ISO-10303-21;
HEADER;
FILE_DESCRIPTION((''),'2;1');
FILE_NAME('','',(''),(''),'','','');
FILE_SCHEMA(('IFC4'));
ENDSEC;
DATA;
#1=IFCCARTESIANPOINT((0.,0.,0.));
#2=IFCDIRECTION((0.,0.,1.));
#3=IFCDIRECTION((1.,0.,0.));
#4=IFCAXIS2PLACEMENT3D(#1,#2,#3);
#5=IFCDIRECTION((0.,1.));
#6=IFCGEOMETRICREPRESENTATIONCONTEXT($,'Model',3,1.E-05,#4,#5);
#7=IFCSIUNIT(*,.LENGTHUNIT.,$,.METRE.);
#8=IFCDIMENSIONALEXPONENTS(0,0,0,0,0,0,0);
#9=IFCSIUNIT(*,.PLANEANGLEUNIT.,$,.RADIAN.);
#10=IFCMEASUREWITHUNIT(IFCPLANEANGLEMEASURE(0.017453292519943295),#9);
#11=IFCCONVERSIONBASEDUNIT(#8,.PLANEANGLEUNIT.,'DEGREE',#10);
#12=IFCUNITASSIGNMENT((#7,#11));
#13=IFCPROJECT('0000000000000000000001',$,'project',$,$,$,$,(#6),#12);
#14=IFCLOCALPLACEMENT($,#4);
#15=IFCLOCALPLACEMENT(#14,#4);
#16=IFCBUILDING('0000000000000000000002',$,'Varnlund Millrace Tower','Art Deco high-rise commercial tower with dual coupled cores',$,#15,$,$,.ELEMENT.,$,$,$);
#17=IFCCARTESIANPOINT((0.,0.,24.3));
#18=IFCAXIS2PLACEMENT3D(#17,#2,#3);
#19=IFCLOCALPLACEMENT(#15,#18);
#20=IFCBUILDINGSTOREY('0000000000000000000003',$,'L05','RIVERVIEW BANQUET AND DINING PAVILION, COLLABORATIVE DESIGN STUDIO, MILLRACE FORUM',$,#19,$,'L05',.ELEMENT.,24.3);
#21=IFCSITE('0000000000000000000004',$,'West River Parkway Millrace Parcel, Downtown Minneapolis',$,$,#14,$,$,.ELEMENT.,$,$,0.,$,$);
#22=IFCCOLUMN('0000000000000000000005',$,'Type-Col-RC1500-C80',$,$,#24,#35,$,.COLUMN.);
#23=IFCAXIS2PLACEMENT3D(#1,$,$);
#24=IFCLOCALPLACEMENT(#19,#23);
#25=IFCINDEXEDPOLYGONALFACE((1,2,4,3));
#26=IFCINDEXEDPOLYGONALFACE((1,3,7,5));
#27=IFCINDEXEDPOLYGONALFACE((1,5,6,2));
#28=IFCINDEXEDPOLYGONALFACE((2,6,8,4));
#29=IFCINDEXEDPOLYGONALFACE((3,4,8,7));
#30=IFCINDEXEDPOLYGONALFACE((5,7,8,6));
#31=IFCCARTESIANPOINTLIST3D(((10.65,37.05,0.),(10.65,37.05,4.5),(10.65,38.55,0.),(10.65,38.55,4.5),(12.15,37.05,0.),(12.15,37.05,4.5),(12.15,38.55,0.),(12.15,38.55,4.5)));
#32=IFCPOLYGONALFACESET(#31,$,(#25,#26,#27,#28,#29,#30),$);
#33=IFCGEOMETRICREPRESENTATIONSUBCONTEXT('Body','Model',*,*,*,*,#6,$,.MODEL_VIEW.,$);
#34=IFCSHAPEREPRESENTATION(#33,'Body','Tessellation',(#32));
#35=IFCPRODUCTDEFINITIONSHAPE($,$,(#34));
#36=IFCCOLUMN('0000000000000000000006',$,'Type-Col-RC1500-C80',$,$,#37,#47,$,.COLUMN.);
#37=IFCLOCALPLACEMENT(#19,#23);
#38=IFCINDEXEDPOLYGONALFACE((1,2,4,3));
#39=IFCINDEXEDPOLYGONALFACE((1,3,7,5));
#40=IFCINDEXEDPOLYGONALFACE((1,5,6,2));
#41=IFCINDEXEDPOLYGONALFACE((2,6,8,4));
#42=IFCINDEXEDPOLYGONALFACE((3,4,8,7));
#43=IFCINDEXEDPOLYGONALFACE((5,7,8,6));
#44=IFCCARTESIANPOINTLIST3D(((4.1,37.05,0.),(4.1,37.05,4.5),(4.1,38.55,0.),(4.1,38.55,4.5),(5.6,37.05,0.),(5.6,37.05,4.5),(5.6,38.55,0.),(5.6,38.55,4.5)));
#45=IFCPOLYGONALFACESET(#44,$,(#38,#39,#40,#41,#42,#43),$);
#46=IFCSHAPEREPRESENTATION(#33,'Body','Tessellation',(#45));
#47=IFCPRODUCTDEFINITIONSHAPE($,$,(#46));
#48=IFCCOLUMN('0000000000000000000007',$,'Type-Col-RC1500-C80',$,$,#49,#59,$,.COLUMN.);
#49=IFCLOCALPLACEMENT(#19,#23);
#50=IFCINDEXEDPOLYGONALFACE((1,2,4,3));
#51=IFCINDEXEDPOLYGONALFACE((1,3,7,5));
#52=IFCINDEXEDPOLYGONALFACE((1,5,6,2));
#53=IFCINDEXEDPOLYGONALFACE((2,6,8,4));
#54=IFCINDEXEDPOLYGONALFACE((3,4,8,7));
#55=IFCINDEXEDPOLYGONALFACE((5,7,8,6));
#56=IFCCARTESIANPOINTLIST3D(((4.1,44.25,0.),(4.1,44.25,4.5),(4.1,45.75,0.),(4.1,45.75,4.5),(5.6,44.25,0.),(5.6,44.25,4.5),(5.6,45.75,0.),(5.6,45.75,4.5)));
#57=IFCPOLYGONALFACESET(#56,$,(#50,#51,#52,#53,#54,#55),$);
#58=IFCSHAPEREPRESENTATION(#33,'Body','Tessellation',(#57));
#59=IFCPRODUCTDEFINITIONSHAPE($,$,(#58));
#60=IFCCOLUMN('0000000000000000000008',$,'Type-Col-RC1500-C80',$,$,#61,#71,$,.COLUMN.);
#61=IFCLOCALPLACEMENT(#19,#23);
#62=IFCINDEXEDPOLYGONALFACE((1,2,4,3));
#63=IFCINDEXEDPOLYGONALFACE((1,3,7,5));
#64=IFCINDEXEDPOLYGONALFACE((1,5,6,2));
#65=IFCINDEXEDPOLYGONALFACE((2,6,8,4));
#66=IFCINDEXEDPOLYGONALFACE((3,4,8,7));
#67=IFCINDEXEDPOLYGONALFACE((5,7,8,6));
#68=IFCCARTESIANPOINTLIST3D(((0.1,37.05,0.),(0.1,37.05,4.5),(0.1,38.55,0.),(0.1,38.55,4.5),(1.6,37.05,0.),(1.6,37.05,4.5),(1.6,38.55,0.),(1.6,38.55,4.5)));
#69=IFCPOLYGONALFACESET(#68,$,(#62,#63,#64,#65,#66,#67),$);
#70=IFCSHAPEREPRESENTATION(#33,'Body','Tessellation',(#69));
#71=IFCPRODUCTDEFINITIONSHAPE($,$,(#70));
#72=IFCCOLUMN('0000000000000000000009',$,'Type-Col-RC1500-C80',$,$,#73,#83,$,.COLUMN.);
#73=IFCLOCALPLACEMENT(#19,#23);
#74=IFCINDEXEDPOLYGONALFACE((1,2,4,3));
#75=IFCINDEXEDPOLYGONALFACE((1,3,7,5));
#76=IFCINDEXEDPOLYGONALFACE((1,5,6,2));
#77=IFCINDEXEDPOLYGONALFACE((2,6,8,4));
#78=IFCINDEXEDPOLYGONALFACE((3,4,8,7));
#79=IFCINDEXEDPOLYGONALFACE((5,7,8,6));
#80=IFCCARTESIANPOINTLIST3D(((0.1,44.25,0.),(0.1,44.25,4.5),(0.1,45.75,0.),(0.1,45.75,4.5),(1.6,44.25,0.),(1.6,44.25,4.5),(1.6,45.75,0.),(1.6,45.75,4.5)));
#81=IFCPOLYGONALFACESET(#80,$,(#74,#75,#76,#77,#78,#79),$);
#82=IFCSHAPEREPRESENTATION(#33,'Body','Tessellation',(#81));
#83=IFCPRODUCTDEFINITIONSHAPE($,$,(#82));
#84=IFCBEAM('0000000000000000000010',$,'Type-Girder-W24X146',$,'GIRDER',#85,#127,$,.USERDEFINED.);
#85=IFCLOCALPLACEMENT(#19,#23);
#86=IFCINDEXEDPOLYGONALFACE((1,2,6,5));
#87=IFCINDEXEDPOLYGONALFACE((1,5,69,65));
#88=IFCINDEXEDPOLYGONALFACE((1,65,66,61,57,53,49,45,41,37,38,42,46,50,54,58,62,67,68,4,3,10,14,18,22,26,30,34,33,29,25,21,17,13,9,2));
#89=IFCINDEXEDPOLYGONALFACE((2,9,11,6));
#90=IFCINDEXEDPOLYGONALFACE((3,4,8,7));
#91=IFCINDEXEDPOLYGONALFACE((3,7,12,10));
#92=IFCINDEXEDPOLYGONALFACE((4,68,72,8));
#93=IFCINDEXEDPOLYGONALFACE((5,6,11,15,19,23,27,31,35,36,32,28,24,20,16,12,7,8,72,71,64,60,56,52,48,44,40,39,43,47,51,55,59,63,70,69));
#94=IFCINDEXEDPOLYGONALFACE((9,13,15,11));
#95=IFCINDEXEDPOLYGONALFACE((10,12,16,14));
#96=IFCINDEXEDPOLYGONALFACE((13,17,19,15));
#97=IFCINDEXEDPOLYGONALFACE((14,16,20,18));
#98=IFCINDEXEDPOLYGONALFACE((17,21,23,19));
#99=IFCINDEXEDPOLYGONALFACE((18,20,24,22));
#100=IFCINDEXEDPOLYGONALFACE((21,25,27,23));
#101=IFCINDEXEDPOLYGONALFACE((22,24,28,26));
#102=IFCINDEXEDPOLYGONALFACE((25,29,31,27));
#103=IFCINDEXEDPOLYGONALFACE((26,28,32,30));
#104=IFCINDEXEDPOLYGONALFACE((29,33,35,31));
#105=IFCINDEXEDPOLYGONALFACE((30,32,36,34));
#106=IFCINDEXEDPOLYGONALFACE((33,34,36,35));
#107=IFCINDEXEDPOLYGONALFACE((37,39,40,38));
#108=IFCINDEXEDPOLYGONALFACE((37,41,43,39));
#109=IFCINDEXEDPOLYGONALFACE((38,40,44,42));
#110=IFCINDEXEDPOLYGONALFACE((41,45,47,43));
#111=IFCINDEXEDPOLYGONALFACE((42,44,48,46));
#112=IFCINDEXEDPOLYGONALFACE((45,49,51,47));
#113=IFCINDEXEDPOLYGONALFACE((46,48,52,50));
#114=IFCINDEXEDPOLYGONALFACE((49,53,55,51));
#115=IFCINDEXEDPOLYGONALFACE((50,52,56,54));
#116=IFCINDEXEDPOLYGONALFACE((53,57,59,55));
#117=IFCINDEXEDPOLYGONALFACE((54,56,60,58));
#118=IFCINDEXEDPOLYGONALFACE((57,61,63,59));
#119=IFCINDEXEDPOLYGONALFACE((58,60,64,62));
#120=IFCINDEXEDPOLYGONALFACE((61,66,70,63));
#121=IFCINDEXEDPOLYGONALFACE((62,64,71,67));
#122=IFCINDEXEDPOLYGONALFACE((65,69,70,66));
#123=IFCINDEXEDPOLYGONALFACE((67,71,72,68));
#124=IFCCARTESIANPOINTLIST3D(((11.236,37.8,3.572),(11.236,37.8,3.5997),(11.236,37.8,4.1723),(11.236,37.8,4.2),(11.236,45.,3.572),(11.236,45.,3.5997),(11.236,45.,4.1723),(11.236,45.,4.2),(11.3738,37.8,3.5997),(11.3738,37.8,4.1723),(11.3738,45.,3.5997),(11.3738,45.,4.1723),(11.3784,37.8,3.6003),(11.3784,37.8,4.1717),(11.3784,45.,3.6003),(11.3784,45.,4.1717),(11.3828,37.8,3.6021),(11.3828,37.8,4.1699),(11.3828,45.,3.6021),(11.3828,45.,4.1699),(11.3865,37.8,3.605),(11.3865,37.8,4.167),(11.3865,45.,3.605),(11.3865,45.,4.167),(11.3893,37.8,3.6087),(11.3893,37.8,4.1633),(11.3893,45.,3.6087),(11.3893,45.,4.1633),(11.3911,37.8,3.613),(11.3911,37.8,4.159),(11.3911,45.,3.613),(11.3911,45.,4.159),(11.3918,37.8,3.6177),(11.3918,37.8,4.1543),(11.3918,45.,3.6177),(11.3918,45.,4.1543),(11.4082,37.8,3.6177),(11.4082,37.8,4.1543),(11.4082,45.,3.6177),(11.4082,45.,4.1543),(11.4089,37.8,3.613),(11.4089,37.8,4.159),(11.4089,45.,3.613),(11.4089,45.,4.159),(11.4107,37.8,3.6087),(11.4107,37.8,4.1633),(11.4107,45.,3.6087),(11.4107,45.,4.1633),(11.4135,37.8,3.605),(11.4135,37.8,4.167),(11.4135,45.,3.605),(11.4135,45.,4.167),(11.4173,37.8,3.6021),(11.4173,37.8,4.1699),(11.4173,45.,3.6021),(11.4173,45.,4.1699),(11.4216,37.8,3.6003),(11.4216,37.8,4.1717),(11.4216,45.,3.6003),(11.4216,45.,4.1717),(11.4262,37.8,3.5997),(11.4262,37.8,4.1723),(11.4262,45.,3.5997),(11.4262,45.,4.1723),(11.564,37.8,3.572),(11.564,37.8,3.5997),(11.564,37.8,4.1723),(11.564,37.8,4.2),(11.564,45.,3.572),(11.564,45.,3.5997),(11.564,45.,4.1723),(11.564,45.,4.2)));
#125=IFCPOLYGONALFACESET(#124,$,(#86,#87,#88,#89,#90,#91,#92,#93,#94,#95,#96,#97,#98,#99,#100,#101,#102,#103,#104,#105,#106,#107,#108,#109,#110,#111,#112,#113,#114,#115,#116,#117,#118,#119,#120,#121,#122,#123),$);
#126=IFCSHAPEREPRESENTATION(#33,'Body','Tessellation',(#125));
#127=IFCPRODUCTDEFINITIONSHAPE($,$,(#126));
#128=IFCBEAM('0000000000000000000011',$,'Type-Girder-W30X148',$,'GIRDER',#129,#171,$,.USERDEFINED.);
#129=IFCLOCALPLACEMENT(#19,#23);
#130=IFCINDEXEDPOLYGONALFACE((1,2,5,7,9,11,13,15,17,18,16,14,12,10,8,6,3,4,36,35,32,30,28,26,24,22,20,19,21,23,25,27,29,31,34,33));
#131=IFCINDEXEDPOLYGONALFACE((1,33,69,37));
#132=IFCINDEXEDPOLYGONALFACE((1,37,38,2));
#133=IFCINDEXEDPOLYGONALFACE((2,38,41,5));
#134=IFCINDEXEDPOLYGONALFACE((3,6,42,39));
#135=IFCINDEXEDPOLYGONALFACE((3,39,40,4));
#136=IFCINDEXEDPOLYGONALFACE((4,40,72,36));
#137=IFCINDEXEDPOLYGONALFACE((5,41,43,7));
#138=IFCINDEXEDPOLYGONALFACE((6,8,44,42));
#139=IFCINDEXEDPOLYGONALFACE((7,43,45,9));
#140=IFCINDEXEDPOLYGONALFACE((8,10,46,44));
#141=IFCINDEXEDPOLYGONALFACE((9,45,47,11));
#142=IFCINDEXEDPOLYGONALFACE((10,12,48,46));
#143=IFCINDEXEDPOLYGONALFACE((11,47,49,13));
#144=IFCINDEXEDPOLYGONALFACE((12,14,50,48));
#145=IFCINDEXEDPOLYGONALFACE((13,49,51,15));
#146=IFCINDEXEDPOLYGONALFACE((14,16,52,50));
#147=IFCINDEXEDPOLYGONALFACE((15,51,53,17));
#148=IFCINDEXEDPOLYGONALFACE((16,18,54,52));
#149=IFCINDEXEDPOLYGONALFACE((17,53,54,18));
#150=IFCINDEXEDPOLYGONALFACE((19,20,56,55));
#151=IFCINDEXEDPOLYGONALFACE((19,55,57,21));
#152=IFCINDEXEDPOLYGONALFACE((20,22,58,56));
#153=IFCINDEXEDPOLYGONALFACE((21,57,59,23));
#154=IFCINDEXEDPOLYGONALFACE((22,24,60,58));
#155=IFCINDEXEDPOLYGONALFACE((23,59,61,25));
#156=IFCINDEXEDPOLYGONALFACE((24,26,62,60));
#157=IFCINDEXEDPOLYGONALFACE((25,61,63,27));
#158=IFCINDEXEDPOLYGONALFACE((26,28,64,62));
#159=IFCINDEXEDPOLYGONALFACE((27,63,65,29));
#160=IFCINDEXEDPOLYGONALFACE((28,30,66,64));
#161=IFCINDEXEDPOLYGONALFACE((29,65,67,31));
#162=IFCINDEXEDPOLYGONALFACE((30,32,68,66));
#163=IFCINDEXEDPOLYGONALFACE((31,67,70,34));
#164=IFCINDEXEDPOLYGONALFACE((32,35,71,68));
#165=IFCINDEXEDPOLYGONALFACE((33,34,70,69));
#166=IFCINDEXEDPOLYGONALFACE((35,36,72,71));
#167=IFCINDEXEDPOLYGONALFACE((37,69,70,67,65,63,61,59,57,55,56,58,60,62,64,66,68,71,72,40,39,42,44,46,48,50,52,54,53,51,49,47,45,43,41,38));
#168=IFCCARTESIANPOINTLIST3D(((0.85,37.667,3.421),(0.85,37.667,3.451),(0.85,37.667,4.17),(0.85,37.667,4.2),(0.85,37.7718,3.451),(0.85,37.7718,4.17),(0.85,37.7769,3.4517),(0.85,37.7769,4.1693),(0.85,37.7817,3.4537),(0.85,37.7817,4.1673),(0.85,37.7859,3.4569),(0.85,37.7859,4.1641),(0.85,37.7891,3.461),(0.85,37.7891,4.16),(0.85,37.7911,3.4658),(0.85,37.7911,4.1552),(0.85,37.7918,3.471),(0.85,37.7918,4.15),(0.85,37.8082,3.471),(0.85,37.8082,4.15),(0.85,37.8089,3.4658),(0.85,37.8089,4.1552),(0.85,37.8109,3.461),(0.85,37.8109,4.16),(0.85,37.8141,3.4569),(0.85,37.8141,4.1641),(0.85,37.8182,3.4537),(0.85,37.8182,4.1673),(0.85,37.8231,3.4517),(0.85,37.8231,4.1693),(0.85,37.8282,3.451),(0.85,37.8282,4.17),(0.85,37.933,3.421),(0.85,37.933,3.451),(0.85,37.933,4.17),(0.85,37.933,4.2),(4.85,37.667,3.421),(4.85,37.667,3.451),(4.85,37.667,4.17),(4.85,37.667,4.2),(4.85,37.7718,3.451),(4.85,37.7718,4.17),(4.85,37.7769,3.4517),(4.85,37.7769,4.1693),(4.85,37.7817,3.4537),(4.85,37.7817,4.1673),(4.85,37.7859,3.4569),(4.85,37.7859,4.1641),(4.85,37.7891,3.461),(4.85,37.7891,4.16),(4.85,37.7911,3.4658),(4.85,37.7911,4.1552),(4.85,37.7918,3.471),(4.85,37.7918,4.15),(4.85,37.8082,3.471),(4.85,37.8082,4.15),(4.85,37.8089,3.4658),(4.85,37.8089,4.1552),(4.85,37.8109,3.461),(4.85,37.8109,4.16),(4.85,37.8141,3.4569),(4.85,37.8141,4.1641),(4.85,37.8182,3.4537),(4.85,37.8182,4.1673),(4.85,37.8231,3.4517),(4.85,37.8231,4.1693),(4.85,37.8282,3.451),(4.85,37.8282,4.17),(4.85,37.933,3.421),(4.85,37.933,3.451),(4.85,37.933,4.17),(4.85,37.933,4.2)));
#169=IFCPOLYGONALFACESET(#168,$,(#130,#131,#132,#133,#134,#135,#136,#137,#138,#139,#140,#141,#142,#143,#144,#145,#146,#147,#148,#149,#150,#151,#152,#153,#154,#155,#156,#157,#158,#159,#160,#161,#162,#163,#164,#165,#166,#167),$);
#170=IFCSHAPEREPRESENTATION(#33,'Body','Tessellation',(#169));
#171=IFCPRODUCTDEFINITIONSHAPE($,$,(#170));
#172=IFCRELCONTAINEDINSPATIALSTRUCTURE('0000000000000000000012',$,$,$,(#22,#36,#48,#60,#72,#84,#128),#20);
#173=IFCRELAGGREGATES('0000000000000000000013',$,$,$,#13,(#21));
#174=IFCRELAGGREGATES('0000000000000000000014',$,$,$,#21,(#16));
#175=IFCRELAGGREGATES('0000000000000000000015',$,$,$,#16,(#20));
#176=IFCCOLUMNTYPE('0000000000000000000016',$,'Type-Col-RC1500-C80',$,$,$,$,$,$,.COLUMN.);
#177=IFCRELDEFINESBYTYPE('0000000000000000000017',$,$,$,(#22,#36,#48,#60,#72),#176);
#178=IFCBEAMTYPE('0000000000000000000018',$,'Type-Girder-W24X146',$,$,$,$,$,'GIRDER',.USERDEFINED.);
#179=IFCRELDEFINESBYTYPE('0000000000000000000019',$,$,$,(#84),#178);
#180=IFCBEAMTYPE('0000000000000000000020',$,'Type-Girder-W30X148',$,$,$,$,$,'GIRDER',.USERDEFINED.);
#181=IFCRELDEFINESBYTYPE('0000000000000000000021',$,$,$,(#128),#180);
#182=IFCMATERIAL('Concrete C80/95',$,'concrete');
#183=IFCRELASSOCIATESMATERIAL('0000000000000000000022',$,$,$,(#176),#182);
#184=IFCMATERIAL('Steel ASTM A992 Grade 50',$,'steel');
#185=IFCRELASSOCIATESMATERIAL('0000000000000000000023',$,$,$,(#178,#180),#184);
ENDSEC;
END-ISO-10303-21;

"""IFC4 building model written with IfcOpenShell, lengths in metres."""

from ifc_helpers import new_model, entity, si_unit, converted_unit, direction, frame, origin_with_axes, origin_2d_with_axis, place, context, subcontext, project, spatial, rectangle, i_section, extrude, material, material_profile, profile_set, type_object, element, save


model = new_model("IFC4")

# Units and contexts
model_context = context("Model", 3, precision=1e-05, world=origin_with_axes(), true_north=direction((0.0, 1.0)))
body_context = subcontext(model_context, "Body", "Model", "MODEL_VIEW")
ifc_project = project(units=[si_unit("LENGTHUNIT", "METRE"), converted_unit("PLANEANGLEUNIT", "DEGREE", entity("IfcPlaneAngleMeasure", 0.017453292519943295), si_unit("PLANEANGLEUNIT", "RADIAN"), dimensions=[0, 0, 0, 0, 0, 0, 0])], contexts=[model_context])

# Site, building, storey
site_placement = place(None, origin_with_axes())
site = spatial("IfcSite", under=ifc_project, at=site_placement, Name="West River Parkway Millrace Parcel, Downtown Minneapolis", CompositionType="ELEMENT", RefElevation=0.0)
building_placement = place(site_placement, origin_with_axes())
building = spatial("IfcBuilding", under=site, at=building_placement, Name="Varnlund Millrace Tower", Description="Art Deco high-rise commercial tower with dual coupled cores", CompositionType="ELEMENT")
storey_placement = place(building_placement, frame((0.0, 0.0, 24.3), z_axis=(0.0, 0.0, 1.0), x_axis=(1.0, 0.0, 0.0)))
storey = spatial("IfcBuildingStorey", under=building, at=storey_placement, Name="L05", Description="RIVERVIEW BANQUET AND DINING PAVILION, COLLABORATIVE DESIGN STUDIO, MILLRACE FORUM", LongName="L05", CompositionType="ELEMENT", Elevation=24.3)

# Columns
ifc_material_1 = material(Name="Concrete C80/95", Category="concrete")
ifc_material_profile_1 = material_profile(ifc_material_1, rectangle(XDim=1.5, YDim=1.5, at=origin_2d_with_axis()), Name="Concrete C80/95")
ifc_profile_set_1 = profile_set([ifc_material_profile_1], Name="Concrete C80/95")
column_type = type_object("IfcColumnType", Name="Type-Col-RC1500-C80", PredefinedType="COLUMN", material=ifc_profile_set_1)
for number, where, z_axis, x_axis, name in (
    (1, (11.4, 37.8, 0.0), (0.0, 0.0, 1.0), (1.0, 0.0, 0.0), "Type-Col-RC1500-C80"),
    (2, (4.85, 37.8, 0.0), (0.0, 0.0, 1.0), (1.0, 0.0, 0.0), "Type-Col-RC1500-C80"),
    (3, (4.85, 45.0, 0.0), (0.0, 0.0, 1.0), (1.0, 0.0, 0.0), "Type-Col-RC1500-C80"),
    (4, (0.85, 37.8, 0.0), (0.0, 0.0, 1.0), (1.0, 0.0, 0.0), "Type-Col-RC1500-C80"),
    (5, (0.85, 45.0, 0.0), (0.0, 0.0, 1.0), (1.0, 0.0, 0.0), "Type-Col-RC1500-C80"),
):
    element("IfcColumn", number, at=place(storey_placement, frame(where, z_axis=z_axis, x_axis=x_axis)), inside=storey, type_object=column_type, Name=name, PredefinedType="COLUMN", context=body_context, shape_type="SweptSolid", body=[
        extrude(rectangle(XDim=1.5, YDim=1.5, at=origin_2d_with_axis()), origin_with_axes(), (0.0, 0.0, 1.0), 4.5),
    ])

# Beams
ifc_material_2 = material(Name="Steel ASTM A992 Grade 50", Category="steel")
ifc_material_profile_2 = material_profile(ifc_material_2, i_section(OverallWidth=0.328, OverallDepth=0.628, WebThickness=0.0165, FlangeThickness=0.0277, FilletRadius=0.018, at=origin_2d_with_axis()), Name="Steel ASTM A992 Grade 50")
ifc_profile_set_2 = profile_set([ifc_material_profile_2], Name="Steel ASTM A992 Grade 50")
beam_type_1 = type_object("IfcBeamType", Name="Type-Girder-W24X146", ElementType="GIRDER", PredefinedType="USERDEFINED", material=ifc_profile_set_2)
beam_1_placement = place(storey_placement, frame((11.4, 37.8, 3.886), z_axis=(0.0, 1.0, 0.0), x_axis=(-1.0, 0.0, 0.0)))
element("IfcBeam", 6, at=beam_1_placement, inside=storey, type_object=beam_type_1, Name="Type-Girder-W24X146", ObjectType="GIRDER", PredefinedType="USERDEFINED", context=body_context, shape_type="SweptSolid", body=[
    extrude(i_section(OverallWidth=0.328, OverallDepth=0.628, WebThickness=0.0165, FlangeThickness=0.0277, FilletRadius=0.018, at=origin_2d_with_axis()), origin_with_axes(), (0.0, 0.0, 1.0), 7.2),
])
ifc_material_profile_3 = material_profile(ifc_material_2, i_section(OverallWidth=0.266, OverallDepth=0.779, WebThickness=0.0165, FlangeThickness=0.03, FilletRadius=0.02, at=origin_2d_with_axis()), Name="Steel ASTM A992 Grade 50")
ifc_profile_set_3 = profile_set([ifc_material_profile_3], Name="Steel ASTM A992 Grade 50")
beam_type_2 = type_object("IfcBeamType", Name="Type-Girder-W30X148", ElementType="GIRDER", PredefinedType="USERDEFINED", material=ifc_profile_set_3)
beam_2_placement = place(storey_placement, frame((0.85, 37.8, 3.8105), z_axis=(1.0, 0.0, 0.0), x_axis=(0.0, 1.0, 0.0)))
element("IfcBeam", 7, at=beam_2_placement, inside=storey, type_object=beam_type_2, Name="Type-Girder-W30X148", ObjectType="GIRDER", PredefinedType="USERDEFINED", context=body_context, shape_type="SweptSolid", body=[
    extrude(i_section(OverallWidth=0.266, OverallDepth=0.779, WebThickness=0.0165, FlangeThickness=0.03, FilletRadius=0.02, at=origin_2d_with_axis()), origin_with_axes(), (0.0, 0.0, 1.0), 4.0),
])

save(model, "model.ifc")
